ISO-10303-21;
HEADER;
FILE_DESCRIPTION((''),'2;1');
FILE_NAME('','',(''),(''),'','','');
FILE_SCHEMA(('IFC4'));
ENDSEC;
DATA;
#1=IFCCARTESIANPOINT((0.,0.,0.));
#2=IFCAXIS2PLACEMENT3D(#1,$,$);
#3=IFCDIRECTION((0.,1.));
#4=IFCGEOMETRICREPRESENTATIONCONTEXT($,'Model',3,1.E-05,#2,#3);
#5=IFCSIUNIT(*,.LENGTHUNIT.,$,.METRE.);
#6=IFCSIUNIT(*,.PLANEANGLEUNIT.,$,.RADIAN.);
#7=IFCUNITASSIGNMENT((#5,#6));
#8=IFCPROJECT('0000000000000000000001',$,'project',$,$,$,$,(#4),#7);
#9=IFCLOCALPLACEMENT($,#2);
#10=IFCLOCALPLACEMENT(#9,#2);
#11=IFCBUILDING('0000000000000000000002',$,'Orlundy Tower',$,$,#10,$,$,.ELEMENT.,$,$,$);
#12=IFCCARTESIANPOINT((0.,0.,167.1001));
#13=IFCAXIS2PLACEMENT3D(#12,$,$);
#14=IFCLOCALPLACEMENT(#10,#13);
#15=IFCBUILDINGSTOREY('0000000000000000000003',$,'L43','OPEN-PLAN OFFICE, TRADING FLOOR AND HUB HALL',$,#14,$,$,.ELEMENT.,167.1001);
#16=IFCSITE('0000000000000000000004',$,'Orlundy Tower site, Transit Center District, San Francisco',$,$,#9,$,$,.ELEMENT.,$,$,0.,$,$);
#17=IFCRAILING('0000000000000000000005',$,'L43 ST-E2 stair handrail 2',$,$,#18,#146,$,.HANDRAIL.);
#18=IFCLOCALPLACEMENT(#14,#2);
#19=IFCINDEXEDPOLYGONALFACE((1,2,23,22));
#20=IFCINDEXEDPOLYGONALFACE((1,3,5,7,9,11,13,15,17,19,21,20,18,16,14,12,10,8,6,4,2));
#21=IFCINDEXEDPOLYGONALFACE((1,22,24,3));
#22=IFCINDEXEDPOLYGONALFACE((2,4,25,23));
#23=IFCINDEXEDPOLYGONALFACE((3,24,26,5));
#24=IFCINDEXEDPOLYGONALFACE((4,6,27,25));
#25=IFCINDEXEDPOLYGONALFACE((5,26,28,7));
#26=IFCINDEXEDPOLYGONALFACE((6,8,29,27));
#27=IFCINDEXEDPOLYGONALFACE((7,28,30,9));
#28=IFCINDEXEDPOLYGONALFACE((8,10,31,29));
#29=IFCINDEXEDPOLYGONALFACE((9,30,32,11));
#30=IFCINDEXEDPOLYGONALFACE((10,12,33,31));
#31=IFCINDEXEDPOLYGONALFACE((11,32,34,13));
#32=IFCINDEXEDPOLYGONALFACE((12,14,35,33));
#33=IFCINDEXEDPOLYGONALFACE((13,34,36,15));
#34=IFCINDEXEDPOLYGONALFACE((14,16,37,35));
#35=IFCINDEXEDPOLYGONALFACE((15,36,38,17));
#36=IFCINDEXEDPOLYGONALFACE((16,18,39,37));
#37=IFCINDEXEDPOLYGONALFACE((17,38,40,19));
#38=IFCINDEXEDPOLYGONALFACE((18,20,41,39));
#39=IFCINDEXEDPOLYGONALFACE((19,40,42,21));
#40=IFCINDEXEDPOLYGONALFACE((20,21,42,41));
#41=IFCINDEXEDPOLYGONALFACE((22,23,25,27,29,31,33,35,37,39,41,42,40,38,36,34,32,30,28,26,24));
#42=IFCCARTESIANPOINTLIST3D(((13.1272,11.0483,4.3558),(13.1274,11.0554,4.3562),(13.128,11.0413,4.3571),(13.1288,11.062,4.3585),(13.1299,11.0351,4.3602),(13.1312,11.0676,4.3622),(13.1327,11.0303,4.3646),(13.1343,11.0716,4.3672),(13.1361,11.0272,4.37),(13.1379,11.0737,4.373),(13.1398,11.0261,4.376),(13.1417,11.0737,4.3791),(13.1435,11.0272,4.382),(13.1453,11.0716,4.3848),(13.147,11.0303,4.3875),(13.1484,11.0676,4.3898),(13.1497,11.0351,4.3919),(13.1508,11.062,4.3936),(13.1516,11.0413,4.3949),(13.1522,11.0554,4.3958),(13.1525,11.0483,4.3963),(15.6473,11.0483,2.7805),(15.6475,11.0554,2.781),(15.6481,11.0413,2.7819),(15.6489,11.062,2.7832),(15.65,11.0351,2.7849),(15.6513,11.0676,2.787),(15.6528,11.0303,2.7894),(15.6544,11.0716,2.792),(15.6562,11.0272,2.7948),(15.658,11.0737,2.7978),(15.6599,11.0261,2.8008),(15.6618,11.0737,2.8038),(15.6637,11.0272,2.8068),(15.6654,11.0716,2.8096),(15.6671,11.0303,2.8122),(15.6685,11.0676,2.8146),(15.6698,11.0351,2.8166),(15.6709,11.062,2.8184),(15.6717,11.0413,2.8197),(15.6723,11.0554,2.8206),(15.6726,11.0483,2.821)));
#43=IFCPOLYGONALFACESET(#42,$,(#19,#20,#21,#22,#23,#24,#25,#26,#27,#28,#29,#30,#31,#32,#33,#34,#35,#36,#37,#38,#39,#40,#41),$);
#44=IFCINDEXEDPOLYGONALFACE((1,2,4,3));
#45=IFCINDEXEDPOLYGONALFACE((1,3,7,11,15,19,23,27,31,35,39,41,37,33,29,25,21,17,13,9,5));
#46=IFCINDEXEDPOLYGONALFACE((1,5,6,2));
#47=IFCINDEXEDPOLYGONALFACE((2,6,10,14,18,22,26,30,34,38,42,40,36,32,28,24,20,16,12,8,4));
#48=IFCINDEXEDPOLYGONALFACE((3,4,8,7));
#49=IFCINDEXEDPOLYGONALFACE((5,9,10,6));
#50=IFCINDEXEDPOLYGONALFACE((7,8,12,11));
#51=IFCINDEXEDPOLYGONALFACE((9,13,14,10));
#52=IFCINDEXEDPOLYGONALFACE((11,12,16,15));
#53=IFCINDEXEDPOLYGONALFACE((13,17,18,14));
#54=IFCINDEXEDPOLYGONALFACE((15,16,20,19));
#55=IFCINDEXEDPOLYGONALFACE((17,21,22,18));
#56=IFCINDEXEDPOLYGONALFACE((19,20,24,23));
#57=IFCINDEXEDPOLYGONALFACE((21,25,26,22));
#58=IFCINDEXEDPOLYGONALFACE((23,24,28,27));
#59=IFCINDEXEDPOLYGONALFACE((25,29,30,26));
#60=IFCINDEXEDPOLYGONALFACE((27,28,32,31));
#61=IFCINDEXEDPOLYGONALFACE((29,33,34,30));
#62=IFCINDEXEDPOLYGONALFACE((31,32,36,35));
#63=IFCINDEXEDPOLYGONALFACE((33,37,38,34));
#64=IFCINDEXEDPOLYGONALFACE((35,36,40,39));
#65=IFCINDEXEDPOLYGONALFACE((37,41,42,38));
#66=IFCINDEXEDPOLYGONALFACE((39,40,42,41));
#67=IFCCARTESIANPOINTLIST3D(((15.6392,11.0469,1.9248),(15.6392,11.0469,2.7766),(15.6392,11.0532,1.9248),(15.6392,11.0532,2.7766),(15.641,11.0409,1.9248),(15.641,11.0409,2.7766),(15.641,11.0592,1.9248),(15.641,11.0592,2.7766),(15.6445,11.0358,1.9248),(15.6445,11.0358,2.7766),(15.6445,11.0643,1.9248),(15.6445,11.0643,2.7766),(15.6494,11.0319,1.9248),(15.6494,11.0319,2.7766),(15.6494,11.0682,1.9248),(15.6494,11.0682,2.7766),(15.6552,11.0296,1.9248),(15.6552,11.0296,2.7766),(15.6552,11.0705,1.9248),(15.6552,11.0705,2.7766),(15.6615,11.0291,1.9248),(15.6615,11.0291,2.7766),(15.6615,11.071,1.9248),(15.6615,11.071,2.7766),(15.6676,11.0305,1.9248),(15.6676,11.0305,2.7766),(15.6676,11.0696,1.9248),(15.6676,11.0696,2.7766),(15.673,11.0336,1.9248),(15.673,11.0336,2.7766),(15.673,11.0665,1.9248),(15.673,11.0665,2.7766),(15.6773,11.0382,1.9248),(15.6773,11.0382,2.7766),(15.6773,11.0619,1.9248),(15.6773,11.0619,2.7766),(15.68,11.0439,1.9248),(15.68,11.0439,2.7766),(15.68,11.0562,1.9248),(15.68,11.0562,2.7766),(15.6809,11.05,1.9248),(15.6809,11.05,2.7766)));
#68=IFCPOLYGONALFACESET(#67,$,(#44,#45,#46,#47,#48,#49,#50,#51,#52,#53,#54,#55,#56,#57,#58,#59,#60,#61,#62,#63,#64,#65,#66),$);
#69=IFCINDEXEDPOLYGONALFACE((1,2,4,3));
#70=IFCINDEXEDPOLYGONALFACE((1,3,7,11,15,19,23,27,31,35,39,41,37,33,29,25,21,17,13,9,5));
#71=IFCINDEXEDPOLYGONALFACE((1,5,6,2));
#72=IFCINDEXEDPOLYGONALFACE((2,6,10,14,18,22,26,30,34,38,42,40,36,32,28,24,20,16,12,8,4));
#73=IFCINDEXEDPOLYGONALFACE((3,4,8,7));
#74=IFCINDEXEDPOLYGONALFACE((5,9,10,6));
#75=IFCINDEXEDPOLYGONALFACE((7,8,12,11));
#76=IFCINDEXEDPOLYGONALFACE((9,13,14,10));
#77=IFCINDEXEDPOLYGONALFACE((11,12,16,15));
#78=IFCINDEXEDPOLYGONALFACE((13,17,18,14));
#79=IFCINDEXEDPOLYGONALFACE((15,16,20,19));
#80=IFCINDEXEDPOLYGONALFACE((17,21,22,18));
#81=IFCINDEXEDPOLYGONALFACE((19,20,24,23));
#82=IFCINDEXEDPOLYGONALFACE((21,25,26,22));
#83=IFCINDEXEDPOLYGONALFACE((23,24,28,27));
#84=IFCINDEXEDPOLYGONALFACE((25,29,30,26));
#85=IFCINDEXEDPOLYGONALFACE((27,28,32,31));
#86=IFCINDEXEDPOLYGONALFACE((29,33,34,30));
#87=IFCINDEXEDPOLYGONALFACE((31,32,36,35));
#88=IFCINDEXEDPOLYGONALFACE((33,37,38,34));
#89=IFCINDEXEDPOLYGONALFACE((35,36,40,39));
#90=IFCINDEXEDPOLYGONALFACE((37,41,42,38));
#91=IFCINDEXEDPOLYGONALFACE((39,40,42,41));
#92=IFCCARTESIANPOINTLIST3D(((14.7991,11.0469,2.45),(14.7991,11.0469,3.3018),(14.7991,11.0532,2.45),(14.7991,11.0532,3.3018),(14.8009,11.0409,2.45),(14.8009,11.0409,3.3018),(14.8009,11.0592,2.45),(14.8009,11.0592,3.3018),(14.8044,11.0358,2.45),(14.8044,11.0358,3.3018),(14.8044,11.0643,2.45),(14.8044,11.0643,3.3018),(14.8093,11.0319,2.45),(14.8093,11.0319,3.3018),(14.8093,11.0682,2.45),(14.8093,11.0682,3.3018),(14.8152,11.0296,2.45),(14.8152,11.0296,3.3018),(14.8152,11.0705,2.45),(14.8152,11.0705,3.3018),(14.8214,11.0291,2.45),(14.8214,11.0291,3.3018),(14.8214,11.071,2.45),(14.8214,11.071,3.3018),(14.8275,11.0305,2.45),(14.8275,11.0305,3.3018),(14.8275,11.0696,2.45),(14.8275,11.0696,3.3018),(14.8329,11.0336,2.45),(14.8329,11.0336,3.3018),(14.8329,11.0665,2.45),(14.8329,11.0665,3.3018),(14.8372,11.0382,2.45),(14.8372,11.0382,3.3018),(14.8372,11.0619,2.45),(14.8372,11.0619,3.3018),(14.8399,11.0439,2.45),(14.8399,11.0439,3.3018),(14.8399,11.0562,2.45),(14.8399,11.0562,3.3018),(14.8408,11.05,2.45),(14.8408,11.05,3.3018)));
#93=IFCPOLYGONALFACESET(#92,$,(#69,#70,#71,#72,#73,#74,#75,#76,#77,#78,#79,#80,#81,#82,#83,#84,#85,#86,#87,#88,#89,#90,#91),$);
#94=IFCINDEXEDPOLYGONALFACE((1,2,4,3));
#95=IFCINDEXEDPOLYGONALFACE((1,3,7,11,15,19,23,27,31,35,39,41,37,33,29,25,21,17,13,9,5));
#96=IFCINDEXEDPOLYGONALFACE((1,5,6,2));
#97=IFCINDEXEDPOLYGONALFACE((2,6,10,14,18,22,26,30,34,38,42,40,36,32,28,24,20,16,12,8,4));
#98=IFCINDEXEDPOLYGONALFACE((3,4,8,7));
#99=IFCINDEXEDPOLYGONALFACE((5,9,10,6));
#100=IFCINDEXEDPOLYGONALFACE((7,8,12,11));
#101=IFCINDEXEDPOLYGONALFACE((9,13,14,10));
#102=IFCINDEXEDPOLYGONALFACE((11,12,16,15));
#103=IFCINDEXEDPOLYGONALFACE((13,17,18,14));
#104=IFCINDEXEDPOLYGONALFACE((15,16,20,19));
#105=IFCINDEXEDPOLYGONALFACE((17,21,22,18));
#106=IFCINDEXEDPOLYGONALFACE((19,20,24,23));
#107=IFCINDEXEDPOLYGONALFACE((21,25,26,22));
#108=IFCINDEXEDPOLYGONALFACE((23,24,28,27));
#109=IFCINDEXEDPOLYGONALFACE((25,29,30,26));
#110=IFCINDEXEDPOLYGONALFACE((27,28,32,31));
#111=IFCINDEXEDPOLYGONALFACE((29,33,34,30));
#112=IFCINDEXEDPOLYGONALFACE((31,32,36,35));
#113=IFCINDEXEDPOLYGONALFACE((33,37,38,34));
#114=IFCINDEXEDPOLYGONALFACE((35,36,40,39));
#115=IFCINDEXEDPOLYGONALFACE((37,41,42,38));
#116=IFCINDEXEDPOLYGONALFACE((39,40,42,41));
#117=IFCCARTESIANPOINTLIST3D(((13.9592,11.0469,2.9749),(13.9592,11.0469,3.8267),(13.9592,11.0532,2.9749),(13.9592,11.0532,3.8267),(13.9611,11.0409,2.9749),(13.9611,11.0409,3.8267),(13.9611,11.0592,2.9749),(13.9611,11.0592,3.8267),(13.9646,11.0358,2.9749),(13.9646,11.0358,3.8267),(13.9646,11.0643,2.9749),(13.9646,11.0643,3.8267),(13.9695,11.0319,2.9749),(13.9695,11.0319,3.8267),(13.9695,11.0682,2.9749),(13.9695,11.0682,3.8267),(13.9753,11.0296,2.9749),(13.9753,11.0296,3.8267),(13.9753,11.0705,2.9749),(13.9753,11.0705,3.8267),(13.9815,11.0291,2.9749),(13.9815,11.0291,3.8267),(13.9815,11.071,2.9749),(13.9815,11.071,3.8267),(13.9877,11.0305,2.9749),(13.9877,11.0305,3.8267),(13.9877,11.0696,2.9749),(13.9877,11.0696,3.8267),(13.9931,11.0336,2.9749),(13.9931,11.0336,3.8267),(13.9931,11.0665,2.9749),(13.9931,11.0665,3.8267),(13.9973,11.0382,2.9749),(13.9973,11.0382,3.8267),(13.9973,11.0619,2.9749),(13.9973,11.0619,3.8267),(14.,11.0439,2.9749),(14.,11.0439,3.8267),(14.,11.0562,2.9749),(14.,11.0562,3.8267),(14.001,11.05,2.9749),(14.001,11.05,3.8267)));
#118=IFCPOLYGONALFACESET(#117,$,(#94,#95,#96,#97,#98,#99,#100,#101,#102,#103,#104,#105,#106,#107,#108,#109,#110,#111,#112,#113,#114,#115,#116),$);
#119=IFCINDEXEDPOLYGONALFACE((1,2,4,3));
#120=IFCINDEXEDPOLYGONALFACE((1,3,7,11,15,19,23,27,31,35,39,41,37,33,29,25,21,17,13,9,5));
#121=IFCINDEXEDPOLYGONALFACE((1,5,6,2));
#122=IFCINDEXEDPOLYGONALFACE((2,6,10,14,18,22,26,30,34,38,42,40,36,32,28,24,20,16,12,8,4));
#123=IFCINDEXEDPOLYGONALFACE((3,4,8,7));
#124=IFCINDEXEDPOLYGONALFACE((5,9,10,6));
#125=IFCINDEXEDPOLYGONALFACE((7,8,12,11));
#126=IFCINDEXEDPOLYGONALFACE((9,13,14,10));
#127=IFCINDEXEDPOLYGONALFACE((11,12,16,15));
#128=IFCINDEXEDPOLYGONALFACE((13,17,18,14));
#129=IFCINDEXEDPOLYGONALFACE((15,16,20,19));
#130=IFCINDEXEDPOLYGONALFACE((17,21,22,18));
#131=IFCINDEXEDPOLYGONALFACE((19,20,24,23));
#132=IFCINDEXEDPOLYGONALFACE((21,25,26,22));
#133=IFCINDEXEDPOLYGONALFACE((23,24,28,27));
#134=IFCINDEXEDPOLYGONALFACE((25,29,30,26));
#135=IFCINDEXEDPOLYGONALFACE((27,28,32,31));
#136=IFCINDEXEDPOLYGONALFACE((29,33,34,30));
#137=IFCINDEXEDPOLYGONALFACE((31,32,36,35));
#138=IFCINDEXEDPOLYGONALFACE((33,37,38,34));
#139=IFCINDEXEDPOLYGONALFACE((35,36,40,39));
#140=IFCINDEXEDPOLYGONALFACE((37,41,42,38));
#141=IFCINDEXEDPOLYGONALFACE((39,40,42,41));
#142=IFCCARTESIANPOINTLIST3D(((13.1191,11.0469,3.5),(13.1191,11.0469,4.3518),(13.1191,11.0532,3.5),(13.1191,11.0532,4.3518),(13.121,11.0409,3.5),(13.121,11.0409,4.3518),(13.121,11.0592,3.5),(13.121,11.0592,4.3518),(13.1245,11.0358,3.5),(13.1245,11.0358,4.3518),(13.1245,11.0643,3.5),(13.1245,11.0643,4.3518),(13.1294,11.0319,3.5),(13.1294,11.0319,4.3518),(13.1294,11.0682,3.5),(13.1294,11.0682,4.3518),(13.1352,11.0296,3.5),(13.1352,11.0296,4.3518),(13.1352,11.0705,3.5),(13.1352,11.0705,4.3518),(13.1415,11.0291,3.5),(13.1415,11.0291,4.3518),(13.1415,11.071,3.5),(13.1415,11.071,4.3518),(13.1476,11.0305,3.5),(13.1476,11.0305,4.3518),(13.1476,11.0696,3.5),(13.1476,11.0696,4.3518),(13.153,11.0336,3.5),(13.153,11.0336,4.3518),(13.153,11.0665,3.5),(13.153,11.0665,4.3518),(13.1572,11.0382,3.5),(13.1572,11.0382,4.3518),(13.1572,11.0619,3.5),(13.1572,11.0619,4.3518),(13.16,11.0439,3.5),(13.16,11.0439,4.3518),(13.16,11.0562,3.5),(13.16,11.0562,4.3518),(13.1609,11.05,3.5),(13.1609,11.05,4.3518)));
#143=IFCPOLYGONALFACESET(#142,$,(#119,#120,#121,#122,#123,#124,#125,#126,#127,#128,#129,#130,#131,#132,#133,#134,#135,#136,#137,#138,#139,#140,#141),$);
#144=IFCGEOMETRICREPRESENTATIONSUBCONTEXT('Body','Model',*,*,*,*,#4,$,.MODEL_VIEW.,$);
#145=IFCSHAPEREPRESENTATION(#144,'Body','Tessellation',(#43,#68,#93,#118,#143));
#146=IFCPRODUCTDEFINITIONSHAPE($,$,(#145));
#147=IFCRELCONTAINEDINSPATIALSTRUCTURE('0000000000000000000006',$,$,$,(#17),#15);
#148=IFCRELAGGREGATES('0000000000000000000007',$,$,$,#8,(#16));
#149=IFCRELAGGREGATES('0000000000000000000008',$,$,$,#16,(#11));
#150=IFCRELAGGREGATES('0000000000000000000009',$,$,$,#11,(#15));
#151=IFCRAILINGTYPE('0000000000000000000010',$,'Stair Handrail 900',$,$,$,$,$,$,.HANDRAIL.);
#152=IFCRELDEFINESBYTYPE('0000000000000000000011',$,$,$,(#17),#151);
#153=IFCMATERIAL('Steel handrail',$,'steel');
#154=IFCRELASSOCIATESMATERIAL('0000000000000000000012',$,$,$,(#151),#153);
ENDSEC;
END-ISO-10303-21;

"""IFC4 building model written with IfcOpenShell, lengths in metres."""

from ifc_helpers import new_model, si_unit, direction, frame, origin, origin_2d, place, context, subcontext, project, spatial, circle, extrude, material, type_object, element, save


model = new_model("IFC4")

# Units and contexts
model_context = context("Model", 3, precision=1e-05, world=origin(), true_north=direction((0.0, 1.0)))
body_context = subcontext(model_context, "Body", "Model", "MODEL_VIEW")
ifc_project = project(units=[si_unit("LENGTHUNIT", "METRE"), si_unit("PLANEANGLEUNIT", "RADIAN")], contexts=[model_context])

# Site, building, storey
site_placement = place(None, origin())
site = spatial("IfcSite", under=ifc_project, at=site_placement, Name="Orlundy Tower site, Transit Center District, San Francisco", CompositionType="ELEMENT", RefElevation=0.0)
building_placement = place(site_placement, origin())
building = spatial("IfcBuilding", under=site, at=building_placement, Name="Orlundy Tower", CompositionType="ELEMENT")
storey_placement = place(building_placement, frame((0.0, 0.0, 167.1001)))
storey = spatial("IfcBuildingStorey", under=building, at=storey_placement, Name="L43", Description="OPEN-PLAN OFFICE, TRADING FLOOR AND HUB HALL", CompositionType="ELEMENT", Elevation=167.1001)

# Railing
ifc_material_1 = material(Name="Steel handrail", Category="steel")
railing_type_1 = type_object("IfcRailingType", Name="Stair Handrail 900", PredefinedType="HANDRAIL", material=ifc_material_1)
railing_1_placement = place(storey_placement, frame((15.6599, 11.05, 1.9248)))
element("IfcRailing", 1, at=railing_1_placement, inside=storey, type_object=railing_type_1, Name="L43 ST-E2 stair handrail 2", PredefinedType="HANDRAIL", context=body_context, shape_type="SweptSolid", body=[
    extrude(circle(Radius=0.0239, at=origin_2d()), frame((0.0, 0.0, 0.876), z_axis=(-0.847971, 0.0, 0.530043), x_axis=(0.0, -1.0, 0.0)), (0.0, 0.0, 1.0), 2.9719),
    extrude(circle(Radius=0.021, at=origin_2d()), origin(), (0.0, 0.0, 1.0), 0.8518),
    extrude(circle(Radius=0.021, at=origin_2d()), frame((-0.8401, 0.0, 0.5251)), (0.0, 0.0, 1.0), 0.8518),
    extrude(circle(Radius=0.021, at=origin_2d()), frame((-1.6799, 0.0, 1.05)), (0.0, 0.0, 1.0), 0.8518),
    extrude(circle(Radius=0.021, at=origin_2d()), frame((-2.52, 0.0, 1.5752)), (0.0, 0.0, 1.0), 0.8518),
])

save(model, "model.ifc")
